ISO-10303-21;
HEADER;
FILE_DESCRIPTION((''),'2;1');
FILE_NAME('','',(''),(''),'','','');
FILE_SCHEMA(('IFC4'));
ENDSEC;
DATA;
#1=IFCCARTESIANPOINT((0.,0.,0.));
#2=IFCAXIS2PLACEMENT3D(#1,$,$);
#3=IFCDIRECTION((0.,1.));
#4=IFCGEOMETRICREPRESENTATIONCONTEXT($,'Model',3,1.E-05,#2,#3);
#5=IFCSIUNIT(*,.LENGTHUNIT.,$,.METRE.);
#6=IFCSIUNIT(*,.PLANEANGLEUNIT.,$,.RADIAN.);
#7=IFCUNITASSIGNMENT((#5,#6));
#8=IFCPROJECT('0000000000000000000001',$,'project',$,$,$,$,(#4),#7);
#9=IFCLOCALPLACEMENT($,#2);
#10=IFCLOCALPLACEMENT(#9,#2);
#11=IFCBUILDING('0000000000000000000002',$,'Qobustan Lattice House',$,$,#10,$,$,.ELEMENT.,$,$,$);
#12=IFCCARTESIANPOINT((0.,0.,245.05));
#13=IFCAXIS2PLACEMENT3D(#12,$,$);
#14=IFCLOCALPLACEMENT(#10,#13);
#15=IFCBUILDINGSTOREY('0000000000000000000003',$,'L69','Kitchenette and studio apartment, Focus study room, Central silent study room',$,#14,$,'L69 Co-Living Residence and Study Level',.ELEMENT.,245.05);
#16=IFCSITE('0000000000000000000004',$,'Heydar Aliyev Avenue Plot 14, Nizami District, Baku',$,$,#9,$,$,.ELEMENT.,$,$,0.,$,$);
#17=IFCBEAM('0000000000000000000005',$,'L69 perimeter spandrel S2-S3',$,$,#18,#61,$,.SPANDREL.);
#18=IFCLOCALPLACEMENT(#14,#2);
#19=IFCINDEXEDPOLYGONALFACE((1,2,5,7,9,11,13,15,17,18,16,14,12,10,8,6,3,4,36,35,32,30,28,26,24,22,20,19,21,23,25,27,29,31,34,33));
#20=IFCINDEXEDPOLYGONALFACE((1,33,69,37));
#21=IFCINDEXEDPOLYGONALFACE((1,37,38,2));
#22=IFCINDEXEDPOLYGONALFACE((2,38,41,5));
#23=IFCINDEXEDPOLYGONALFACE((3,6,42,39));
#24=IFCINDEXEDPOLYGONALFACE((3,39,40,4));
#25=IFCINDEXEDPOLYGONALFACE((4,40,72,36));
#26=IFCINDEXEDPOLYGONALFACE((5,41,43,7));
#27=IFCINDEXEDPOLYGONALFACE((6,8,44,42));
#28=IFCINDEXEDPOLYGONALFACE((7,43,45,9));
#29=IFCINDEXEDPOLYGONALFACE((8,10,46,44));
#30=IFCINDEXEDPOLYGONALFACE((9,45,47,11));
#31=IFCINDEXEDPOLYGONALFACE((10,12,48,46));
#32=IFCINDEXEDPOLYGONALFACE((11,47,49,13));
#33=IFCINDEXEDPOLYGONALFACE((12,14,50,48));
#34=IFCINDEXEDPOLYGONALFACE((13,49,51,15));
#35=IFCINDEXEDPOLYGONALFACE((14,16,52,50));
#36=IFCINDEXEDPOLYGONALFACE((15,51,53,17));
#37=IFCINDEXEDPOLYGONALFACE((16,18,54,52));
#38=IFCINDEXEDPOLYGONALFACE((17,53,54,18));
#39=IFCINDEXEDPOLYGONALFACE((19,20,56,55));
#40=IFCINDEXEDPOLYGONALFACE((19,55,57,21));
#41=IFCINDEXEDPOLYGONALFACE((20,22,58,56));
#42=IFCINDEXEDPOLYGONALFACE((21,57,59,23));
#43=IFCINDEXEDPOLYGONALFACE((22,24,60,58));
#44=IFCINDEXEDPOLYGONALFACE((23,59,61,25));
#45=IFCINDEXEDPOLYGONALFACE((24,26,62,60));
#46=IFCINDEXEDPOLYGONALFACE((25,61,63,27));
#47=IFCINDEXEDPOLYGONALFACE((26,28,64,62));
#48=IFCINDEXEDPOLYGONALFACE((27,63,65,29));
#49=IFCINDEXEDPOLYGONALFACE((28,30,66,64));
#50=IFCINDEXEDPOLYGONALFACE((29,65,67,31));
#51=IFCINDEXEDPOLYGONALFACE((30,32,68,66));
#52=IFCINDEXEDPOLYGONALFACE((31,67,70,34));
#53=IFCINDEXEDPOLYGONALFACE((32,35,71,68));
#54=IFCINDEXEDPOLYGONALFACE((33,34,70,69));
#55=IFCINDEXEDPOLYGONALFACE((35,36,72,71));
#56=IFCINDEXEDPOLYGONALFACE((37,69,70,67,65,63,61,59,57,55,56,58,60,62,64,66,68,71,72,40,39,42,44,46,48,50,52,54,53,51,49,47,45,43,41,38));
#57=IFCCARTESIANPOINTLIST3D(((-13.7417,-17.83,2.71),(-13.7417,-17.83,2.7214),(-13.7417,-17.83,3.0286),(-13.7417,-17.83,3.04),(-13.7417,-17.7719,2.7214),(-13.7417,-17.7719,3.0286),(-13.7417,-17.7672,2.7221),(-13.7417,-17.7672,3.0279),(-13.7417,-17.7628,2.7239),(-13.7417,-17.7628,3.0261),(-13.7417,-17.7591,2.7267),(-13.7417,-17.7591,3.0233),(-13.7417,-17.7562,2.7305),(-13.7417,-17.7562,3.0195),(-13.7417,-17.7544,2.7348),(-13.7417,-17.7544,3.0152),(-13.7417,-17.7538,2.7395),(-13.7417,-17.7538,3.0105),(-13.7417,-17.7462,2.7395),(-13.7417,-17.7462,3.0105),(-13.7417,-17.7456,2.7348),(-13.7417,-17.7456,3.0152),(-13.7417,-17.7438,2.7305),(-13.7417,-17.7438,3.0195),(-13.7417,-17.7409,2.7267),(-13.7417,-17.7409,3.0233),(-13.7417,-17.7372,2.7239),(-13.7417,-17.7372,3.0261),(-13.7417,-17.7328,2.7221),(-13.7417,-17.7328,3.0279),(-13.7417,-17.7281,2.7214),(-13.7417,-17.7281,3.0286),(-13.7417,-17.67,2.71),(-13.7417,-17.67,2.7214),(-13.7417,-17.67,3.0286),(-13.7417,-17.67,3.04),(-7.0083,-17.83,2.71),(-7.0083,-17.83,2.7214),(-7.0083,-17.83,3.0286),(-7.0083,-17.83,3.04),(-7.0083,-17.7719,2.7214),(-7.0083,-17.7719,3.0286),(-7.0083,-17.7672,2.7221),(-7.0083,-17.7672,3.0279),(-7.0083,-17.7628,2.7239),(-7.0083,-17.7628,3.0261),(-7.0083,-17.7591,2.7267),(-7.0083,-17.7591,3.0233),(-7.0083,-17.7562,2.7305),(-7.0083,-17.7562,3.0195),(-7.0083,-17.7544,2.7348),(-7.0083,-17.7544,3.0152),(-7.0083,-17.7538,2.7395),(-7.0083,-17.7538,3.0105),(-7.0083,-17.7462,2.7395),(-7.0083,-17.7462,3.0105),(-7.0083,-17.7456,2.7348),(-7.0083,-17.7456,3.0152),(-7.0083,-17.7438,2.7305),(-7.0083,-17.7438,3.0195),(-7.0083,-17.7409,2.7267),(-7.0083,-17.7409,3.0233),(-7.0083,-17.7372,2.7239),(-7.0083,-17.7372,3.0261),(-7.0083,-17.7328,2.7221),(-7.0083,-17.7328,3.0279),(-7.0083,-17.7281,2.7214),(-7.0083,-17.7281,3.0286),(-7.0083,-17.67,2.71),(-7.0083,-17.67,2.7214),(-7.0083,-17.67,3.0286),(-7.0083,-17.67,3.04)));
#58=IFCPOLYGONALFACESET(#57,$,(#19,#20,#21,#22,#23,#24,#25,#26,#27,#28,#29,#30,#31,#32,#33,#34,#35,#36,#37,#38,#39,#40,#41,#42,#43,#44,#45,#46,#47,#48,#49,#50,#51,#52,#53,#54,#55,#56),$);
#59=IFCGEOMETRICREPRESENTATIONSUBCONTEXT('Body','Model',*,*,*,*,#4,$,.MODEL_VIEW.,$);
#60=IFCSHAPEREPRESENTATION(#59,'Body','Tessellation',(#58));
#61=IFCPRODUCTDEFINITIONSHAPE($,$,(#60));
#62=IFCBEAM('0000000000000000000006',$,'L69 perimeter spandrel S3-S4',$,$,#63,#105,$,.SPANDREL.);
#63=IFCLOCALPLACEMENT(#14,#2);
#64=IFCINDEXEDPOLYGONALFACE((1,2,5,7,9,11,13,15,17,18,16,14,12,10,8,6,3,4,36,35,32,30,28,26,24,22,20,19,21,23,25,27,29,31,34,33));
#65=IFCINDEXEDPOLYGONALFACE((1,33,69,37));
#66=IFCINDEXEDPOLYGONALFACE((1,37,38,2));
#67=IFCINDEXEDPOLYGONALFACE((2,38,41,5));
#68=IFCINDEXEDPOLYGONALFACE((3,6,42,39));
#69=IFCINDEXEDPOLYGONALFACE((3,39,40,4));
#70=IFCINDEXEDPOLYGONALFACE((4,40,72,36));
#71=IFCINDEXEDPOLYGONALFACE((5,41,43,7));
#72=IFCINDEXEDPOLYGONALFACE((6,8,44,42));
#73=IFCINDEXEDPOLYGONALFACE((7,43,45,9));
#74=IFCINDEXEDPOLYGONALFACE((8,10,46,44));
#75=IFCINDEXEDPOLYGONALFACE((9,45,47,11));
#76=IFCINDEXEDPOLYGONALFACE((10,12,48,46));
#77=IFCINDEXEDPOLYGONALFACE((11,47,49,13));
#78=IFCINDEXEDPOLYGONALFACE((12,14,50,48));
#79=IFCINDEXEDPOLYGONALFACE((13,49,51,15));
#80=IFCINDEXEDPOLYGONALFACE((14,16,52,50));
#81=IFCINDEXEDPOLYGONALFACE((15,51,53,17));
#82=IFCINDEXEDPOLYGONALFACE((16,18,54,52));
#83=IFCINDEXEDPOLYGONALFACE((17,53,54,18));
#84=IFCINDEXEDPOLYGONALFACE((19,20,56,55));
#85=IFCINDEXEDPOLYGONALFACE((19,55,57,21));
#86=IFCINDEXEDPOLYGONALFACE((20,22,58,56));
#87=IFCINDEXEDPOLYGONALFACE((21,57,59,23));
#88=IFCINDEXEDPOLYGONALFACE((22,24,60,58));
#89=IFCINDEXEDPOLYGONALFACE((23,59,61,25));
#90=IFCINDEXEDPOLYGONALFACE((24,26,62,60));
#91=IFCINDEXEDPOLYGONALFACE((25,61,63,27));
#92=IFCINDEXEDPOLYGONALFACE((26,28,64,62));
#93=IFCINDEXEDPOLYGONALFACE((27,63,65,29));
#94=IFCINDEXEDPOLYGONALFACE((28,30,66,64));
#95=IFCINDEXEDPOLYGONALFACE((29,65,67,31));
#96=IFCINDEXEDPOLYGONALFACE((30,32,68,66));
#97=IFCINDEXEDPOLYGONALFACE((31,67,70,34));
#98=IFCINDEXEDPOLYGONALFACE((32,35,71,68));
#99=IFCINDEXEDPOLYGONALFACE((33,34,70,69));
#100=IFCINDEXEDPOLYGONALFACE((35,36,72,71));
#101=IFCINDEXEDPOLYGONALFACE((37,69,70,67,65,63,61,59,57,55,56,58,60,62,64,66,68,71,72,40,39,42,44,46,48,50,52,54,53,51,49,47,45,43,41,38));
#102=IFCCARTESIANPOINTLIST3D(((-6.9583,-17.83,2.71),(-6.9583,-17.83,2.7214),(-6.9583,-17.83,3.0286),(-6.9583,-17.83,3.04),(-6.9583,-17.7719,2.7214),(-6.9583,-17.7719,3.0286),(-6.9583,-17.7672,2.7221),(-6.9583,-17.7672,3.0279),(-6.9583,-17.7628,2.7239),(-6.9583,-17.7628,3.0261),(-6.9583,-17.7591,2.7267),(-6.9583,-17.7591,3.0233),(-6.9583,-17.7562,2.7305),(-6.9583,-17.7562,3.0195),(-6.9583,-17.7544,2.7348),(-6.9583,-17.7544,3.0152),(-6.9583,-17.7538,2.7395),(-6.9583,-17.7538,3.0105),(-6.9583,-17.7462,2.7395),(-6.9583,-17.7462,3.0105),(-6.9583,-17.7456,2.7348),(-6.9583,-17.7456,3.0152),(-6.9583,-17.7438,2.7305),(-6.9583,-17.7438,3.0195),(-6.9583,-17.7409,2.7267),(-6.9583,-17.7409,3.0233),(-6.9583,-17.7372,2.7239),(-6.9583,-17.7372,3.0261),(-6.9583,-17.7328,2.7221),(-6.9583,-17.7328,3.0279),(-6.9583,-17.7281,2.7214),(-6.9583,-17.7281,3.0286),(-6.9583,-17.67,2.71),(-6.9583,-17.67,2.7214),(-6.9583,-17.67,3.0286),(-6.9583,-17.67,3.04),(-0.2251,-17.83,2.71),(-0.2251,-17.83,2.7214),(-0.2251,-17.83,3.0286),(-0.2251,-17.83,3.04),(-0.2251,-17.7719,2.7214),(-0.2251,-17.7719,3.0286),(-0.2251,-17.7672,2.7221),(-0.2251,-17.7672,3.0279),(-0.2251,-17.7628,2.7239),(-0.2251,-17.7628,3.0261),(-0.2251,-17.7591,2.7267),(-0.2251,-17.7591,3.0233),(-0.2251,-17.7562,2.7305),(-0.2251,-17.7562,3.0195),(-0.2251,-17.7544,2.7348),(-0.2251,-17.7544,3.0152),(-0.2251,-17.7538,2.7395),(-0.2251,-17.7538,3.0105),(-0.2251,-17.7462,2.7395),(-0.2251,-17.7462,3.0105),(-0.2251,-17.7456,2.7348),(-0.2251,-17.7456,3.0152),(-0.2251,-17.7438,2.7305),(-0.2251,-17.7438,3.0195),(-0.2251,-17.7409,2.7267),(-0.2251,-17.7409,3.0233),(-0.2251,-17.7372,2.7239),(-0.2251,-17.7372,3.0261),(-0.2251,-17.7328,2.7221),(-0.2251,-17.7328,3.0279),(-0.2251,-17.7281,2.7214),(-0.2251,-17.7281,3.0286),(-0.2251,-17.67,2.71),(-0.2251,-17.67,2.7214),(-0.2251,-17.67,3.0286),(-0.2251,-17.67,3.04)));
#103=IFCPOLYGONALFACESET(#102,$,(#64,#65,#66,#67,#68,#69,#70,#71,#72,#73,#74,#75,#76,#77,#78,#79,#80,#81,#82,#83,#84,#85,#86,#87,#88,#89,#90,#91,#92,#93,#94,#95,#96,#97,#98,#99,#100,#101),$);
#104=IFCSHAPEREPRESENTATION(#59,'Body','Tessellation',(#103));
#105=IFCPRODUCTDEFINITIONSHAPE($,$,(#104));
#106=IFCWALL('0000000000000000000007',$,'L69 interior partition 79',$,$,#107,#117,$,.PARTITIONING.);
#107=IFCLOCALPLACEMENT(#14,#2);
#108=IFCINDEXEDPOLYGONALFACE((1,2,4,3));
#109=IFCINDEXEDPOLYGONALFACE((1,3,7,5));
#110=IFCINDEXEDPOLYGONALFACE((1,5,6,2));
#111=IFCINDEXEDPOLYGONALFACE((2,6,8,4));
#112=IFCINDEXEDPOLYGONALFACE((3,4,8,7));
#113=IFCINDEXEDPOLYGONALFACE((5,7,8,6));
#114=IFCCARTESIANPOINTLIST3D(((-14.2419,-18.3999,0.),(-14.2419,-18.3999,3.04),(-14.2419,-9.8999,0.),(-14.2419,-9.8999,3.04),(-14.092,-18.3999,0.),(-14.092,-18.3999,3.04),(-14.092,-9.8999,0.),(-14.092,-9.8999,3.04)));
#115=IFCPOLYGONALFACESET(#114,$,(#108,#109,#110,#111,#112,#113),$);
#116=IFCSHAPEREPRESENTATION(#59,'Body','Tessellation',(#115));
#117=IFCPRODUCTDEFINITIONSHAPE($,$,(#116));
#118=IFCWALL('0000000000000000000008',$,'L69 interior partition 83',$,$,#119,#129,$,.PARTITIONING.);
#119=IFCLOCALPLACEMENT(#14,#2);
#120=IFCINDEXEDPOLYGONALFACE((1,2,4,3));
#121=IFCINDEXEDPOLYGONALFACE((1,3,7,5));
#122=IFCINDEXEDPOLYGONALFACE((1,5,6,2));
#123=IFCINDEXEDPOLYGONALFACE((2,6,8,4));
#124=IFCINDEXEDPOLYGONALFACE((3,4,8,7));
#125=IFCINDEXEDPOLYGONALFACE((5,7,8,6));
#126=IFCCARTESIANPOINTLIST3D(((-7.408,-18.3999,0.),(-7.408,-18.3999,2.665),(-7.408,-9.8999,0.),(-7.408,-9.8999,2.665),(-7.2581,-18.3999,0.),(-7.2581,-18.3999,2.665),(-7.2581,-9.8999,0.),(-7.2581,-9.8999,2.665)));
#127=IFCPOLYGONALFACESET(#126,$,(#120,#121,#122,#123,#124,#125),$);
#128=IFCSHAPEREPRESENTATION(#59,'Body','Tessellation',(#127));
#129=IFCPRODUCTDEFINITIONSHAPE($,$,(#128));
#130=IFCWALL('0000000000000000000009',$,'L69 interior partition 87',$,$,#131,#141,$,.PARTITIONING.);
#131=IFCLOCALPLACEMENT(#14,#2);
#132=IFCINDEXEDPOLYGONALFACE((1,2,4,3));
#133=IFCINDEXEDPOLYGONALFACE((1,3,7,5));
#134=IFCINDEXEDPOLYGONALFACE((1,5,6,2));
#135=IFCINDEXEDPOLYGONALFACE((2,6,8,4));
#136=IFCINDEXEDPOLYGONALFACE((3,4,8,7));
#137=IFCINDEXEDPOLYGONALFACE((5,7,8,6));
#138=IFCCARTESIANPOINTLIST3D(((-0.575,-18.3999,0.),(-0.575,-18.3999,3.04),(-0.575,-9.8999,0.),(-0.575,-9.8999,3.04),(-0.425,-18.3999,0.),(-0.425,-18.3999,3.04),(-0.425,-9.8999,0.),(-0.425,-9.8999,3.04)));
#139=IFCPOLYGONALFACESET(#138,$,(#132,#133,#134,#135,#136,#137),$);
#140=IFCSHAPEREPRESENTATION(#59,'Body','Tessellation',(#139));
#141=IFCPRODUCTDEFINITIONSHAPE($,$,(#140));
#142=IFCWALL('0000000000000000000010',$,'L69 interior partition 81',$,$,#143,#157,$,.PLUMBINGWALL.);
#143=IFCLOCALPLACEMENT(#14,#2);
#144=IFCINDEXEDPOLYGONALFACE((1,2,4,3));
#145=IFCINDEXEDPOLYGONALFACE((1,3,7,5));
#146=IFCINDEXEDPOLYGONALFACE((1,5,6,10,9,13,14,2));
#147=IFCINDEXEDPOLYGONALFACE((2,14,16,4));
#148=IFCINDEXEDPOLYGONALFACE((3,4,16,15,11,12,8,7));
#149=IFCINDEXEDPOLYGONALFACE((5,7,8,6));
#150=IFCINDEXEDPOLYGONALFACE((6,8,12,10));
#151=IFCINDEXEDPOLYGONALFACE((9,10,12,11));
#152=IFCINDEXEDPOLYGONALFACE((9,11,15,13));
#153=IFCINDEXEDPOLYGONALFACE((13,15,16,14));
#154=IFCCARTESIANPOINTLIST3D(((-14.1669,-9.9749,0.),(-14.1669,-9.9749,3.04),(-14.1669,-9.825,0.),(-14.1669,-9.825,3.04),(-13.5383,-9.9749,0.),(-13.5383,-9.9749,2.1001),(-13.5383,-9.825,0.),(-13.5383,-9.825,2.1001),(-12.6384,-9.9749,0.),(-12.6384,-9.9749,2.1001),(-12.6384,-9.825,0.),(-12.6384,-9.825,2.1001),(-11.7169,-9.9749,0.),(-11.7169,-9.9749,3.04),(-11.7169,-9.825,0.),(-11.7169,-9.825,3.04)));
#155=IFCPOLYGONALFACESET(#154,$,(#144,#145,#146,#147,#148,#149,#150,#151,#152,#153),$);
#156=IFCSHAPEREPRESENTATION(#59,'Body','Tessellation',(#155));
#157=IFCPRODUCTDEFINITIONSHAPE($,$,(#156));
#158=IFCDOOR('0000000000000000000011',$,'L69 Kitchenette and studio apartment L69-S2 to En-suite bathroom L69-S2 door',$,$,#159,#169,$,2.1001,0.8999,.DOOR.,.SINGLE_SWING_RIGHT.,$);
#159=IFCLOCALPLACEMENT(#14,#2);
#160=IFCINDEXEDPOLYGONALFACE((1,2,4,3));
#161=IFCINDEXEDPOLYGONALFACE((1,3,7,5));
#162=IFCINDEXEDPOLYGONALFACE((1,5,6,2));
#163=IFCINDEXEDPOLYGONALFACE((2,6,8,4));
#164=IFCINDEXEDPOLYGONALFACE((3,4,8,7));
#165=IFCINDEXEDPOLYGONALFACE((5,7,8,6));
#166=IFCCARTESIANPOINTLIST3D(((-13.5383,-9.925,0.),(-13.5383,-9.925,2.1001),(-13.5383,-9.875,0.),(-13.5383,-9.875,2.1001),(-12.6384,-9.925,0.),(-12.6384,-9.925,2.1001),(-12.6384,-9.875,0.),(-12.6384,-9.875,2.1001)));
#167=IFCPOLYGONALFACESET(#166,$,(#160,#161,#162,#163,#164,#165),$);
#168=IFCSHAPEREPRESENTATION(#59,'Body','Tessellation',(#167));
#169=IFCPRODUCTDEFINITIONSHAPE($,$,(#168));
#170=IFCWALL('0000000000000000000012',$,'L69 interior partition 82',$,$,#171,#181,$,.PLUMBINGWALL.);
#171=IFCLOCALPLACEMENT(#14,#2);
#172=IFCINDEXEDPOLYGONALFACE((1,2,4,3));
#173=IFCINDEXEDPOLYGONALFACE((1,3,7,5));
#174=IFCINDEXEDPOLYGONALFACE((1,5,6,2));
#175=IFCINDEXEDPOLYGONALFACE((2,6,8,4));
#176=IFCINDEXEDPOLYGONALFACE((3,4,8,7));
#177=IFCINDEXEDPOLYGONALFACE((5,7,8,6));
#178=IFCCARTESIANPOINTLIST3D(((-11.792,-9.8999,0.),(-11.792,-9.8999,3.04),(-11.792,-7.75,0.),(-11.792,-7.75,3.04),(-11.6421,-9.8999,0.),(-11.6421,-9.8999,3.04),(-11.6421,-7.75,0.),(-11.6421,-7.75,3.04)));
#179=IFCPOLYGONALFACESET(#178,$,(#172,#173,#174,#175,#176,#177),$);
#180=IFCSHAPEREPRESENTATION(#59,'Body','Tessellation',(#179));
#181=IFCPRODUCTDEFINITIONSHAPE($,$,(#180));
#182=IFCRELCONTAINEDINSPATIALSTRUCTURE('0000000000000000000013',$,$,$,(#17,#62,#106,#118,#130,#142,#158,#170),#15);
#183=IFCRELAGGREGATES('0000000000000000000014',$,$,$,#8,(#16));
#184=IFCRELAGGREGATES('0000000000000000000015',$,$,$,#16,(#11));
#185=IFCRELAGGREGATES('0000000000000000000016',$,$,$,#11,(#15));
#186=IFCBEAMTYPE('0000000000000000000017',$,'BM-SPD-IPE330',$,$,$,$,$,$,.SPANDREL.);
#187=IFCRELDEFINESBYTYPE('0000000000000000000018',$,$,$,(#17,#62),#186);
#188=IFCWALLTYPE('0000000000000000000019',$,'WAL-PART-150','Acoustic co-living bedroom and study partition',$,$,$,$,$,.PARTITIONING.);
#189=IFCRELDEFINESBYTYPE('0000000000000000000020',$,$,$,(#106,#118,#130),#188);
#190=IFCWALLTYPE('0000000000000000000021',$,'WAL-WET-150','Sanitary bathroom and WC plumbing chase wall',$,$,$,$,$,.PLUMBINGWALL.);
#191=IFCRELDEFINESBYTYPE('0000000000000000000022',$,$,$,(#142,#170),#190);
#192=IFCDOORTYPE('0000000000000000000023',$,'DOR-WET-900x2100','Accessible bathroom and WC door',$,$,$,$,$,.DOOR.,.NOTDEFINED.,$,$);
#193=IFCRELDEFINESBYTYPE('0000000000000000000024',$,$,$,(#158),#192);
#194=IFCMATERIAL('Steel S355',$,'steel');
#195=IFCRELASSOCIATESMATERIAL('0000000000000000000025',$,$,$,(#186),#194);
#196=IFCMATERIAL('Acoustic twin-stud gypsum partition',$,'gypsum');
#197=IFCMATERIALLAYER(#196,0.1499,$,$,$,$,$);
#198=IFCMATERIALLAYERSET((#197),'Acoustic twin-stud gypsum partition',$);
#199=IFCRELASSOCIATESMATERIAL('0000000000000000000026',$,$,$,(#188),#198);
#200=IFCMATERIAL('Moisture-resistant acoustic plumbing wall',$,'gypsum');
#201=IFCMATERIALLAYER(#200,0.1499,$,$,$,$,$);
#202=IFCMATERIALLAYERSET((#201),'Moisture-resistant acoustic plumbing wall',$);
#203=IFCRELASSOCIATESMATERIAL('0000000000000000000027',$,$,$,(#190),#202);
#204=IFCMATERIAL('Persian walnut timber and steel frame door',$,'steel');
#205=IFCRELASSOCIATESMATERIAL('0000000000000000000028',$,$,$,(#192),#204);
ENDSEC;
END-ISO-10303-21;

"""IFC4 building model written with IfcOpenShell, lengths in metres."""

from ifc_helpers import new_model, si_unit, direction, frame, frame_2d, origin, origin_2d, place, context, subcontext, project, spatial, rectangle, i_section, extrude, material, layer, layer_set, material_profile, profile_set, type_object, element, fill, save


model = new_model("IFC4")

# Units and contexts
model_context = context("Model", 3, precision=1e-05, world=origin(), true_north=direction((0.0, 1.0)))
body_context = subcontext(model_context, "Body", "Model", "MODEL_VIEW")
ifc_project = project(units=[si_unit("LENGTHUNIT", "METRE"), si_unit("PLANEANGLEUNIT", "RADIAN")], contexts=[model_context])

# Site, building, storey
site_placement = place(None, origin())
site = spatial("IfcSite", under=ifc_project, at=site_placement, Name="Heydar Aliyev Avenue Plot 14, Nizami District, Baku", CompositionType="ELEMENT", RefElevation=0.0)
building_placement = place(site_placement, origin())
building = spatial("IfcBuilding", under=site, at=building_placement, Name="Qobustan Lattice House", CompositionType="ELEMENT")
storey_placement = place(building_placement, frame((0.0, 0.0, 245.05)))
storey = spatial("IfcBuildingStorey", under=building, at=storey_placement, Name="L69", Description="Kitchenette and studio apartment, Focus study room, Central silent study room", LongName="L69 Co-Living Residence and Study Level", CompositionType="ELEMENT", Elevation=245.05)

# Beams
ifc_material_1 = material(Name="Steel S355", Category="steel")
ifc_material_profile_1 = material_profile(ifc_material_1, i_section(OverallWidth=0.1599, OverallDepth=0.3301, WebThickness=0.0076, FlangeThickness=0.0115, FilletRadius=0.0181, at=origin_2d()), Name="IPE330")
ifc_profile_set_1 = profile_set([ifc_material_profile_1], Name="Steel S355")
beam_type_1 = type_object("IfcBeamType", Name="BM-SPD-IPE330", PredefinedType="SPANDREL", material=ifc_profile_set_1)
beam_1_placement = place(storey_placement, frame((-13.7417, -17.75, 2.875), z_axis=(1.0, 0.0, 0.0), x_axis=(0.0, 1.0, 0.0)))
element("IfcBeam", 1, at=beam_1_placement, inside=storey, type_object=beam_type_1, Name="L69 perimeter spandrel S2-S3", PredefinedType="SPANDREL", context=body_context, shape_type="SweptSolid", body=[
    extrude(i_section(OverallWidth=0.1599, OverallDepth=0.3301, WebThickness=0.0076, FlangeThickness=0.0115, FilletRadius=0.0181, at=origin_2d()), origin(), (0.0, 0.0, 1.0), 6.7334),
])
beam_2_placement = place(storey_placement, frame((-6.9583, -17.75, 2.875), z_axis=(1.0, 0.0, 0.0), x_axis=(0.0, 1.0, 0.0)))
element("IfcBeam", 2, at=beam_2_placement, inside=storey, type_object=beam_type_1, Name="L69 perimeter spandrel S3-S4", PredefinedType="SPANDREL", context=body_context, shape_type="SweptSolid", body=[
    extrude(i_section(OverallWidth=0.1599, OverallDepth=0.3301, WebThickness=0.0076, FlangeThickness=0.0115, FilletRadius=0.0181, at=origin_2d()), origin(), (0.0, 0.0, 1.0), 6.7332),
])

# Walls
ifc_material_2 = material(Name="Acoustic twin-stud gypsum partition", Category="gypsum")
ifc_layer_1 = layer(ifc_material_2, 0.1499)
ifc_layer_set_1 = layer_set([ifc_layer_1], Name="Acoustic twin-stud gypsum partition")
wall_type_1 = type_object("IfcWallType", Name="WAL-PART-150", Description="Acoustic co-living bedroom and study partition", PredefinedType="PARTITIONING", material=ifc_layer_set_1)
wall_1_placement = place(storey_placement, frame((-14.167, -9.8999, 0.0), z_axis=(0.0, 0.0, 1.0), x_axis=(0.0, -1.0, 0.0)))
element("IfcWall", 3, at=wall_1_placement, inside=storey, type_object=wall_type_1, Name="L69 interior partition 79", PredefinedType="PARTITIONING", context=body_context, shape_type="SweptSolid", body=[
    extrude(rectangle(XDim=8.5, YDim=0.1499, at=frame_2d((4.25, 0.0))), origin(), (0.0, 0.0, 1.0), 3.04),
])
wall_2_placement = place(storey_placement, frame((-7.333, -9.8999, 0.0), z_axis=(0.0, 0.0, 1.0), x_axis=(0.0, -1.0, 0.0)))
element("IfcWall", 4, at=wall_2_placement, inside=storey, type_object=wall_type_1, Name="L69 interior partition 83", PredefinedType="PARTITIONING", context=body_context, shape_type="SweptSolid", body=[
    extrude(rectangle(XDim=8.5, YDim=0.1499, at=frame_2d((4.25, 0.0))), origin(), (0.0, 0.0, 1.0), 2.665),
])
wall_3_placement = place(storey_placement, frame((-0.5, -9.8999, 0.0), z_axis=(0.0, 0.0, 1.0), x_axis=(0.0, -1.0, 0.0)))
element("IfcWall", 5, at=wall_3_placement, inside=storey, type_object=wall_type_1, Name="L69 interior partition 87", PredefinedType="PARTITIONING", context=body_context, shape_type="SweptSolid", body=[
    extrude(rectangle(XDim=8.5, YDim=0.1499, at=frame_2d((4.25, 0.0))), origin(), (0.0, 0.0, 1.0), 3.04),
])

# Wall, opening, door
ifc_material_3 = material(Name="Moisture-resistant acoustic plumbing wall", Category="gypsum")
ifc_layer_2 = layer(ifc_material_3, 0.1499)
ifc_layer_set_2 = layer_set([ifc_layer_2], Name="Moisture-resistant acoustic plumbing wall")
wall_type_2 = type_object("IfcWallType", Name="WAL-WET-150", Description="Sanitary bathroom and WC plumbing chase wall", PredefinedType="PLUMBINGWALL", material=ifc_layer_set_2)
wall_4_placement = place(storey_placement, frame((-14.167, -9.8999, 0.0), z_axis=(0.0, 0.0, 1.0), x_axis=(1.0, 0.0, 0.0)))
wall_4 = element("IfcWall", 6, at=wall_4_placement, inside=storey, type_object=wall_type_2, Name="L69 interior partition 81", PredefinedType="PLUMBINGWALL", context=body_context, shape_type="SweptSolid", body=[
    extrude(rectangle(XDim=2.45, YDim=0.1499, at=frame_2d((1.2251, 0.0))), origin(), (0.0, 0.0, 1.0), 3.04),
])
opening_1_placement = place(wall_4_placement, frame((0.6287, 0.0, 0.0)))
opening_1 = element("IfcOpeningElement", 7, at=opening_1_placement, cuts=wall_4, PredefinedType="OPENING", context=body_context, shape_type="SweptSolid", body=[
    extrude(rectangle(XDim=0.8999, YDim=2.1001, at=frame_2d((0.45, 1.05))), frame((0.0, 0.085, 0.0), z_axis=(0.0, -1.0, 0.0), x_axis=(1.0, 0.0, 0.0)), (0.0, 0.0, 1.0), 0.1699),
])
ifc_material_4 = material(Name="Persian walnut timber and steel frame door", Category="steel")
door_type = type_object("IfcDoorType", Name="DOR-WET-900x2100", Description="Accessible bathroom and WC door", OperationType="NOTDEFINED", PredefinedType="DOOR", material=ifc_material_4)
door_1_placement = place(opening_1_placement, origin())
door_1 = element("IfcDoor", 8, at=door_1_placement, inside=storey, type_object=door_type, Name="L69 Kitchenette and studio apartment L69-S2 to En-suite bathroom L69-S2 door", OperationType="SINGLE_SWING_RIGHT", OverallHeight=2.1001, OverallWidth=0.8999, PredefinedType="DOOR", context=body_context, shape_type="SweptSolid", body=[
    extrude(rectangle(XDim=0.8999, YDim=2.1001, at=frame_2d((0.45, 1.05))), frame((0.0, 0.0249, 0.0), z_axis=(0.0, -1.0, 0.0), x_axis=(1.0, 0.0, 0.0)), (0.0, 0.0, 1.0), 0.05),
])
fill(opening_1, door_1)

# Wall
wall_5_placement = place(storey_placement, frame((-11.717, -9.8999, 0.0), z_axis=(0.0, 0.0, 1.0), x_axis=(0.0, 1.0, 0.0)))
element("IfcWall", 9, at=wall_5_placement, inside=storey, type_object=wall_type_2, Name="L69 interior partition 82", PredefinedType="PLUMBINGWALL", context=body_context, shape_type="SweptSolid", body=[
    extrude(rectangle(XDim=2.1499, YDim=0.1499, at=frame_2d((1.075, 0.0))), origin(), (0.0, 0.0, 1.0), 3.04),
])

save(model, "model.ifc")
